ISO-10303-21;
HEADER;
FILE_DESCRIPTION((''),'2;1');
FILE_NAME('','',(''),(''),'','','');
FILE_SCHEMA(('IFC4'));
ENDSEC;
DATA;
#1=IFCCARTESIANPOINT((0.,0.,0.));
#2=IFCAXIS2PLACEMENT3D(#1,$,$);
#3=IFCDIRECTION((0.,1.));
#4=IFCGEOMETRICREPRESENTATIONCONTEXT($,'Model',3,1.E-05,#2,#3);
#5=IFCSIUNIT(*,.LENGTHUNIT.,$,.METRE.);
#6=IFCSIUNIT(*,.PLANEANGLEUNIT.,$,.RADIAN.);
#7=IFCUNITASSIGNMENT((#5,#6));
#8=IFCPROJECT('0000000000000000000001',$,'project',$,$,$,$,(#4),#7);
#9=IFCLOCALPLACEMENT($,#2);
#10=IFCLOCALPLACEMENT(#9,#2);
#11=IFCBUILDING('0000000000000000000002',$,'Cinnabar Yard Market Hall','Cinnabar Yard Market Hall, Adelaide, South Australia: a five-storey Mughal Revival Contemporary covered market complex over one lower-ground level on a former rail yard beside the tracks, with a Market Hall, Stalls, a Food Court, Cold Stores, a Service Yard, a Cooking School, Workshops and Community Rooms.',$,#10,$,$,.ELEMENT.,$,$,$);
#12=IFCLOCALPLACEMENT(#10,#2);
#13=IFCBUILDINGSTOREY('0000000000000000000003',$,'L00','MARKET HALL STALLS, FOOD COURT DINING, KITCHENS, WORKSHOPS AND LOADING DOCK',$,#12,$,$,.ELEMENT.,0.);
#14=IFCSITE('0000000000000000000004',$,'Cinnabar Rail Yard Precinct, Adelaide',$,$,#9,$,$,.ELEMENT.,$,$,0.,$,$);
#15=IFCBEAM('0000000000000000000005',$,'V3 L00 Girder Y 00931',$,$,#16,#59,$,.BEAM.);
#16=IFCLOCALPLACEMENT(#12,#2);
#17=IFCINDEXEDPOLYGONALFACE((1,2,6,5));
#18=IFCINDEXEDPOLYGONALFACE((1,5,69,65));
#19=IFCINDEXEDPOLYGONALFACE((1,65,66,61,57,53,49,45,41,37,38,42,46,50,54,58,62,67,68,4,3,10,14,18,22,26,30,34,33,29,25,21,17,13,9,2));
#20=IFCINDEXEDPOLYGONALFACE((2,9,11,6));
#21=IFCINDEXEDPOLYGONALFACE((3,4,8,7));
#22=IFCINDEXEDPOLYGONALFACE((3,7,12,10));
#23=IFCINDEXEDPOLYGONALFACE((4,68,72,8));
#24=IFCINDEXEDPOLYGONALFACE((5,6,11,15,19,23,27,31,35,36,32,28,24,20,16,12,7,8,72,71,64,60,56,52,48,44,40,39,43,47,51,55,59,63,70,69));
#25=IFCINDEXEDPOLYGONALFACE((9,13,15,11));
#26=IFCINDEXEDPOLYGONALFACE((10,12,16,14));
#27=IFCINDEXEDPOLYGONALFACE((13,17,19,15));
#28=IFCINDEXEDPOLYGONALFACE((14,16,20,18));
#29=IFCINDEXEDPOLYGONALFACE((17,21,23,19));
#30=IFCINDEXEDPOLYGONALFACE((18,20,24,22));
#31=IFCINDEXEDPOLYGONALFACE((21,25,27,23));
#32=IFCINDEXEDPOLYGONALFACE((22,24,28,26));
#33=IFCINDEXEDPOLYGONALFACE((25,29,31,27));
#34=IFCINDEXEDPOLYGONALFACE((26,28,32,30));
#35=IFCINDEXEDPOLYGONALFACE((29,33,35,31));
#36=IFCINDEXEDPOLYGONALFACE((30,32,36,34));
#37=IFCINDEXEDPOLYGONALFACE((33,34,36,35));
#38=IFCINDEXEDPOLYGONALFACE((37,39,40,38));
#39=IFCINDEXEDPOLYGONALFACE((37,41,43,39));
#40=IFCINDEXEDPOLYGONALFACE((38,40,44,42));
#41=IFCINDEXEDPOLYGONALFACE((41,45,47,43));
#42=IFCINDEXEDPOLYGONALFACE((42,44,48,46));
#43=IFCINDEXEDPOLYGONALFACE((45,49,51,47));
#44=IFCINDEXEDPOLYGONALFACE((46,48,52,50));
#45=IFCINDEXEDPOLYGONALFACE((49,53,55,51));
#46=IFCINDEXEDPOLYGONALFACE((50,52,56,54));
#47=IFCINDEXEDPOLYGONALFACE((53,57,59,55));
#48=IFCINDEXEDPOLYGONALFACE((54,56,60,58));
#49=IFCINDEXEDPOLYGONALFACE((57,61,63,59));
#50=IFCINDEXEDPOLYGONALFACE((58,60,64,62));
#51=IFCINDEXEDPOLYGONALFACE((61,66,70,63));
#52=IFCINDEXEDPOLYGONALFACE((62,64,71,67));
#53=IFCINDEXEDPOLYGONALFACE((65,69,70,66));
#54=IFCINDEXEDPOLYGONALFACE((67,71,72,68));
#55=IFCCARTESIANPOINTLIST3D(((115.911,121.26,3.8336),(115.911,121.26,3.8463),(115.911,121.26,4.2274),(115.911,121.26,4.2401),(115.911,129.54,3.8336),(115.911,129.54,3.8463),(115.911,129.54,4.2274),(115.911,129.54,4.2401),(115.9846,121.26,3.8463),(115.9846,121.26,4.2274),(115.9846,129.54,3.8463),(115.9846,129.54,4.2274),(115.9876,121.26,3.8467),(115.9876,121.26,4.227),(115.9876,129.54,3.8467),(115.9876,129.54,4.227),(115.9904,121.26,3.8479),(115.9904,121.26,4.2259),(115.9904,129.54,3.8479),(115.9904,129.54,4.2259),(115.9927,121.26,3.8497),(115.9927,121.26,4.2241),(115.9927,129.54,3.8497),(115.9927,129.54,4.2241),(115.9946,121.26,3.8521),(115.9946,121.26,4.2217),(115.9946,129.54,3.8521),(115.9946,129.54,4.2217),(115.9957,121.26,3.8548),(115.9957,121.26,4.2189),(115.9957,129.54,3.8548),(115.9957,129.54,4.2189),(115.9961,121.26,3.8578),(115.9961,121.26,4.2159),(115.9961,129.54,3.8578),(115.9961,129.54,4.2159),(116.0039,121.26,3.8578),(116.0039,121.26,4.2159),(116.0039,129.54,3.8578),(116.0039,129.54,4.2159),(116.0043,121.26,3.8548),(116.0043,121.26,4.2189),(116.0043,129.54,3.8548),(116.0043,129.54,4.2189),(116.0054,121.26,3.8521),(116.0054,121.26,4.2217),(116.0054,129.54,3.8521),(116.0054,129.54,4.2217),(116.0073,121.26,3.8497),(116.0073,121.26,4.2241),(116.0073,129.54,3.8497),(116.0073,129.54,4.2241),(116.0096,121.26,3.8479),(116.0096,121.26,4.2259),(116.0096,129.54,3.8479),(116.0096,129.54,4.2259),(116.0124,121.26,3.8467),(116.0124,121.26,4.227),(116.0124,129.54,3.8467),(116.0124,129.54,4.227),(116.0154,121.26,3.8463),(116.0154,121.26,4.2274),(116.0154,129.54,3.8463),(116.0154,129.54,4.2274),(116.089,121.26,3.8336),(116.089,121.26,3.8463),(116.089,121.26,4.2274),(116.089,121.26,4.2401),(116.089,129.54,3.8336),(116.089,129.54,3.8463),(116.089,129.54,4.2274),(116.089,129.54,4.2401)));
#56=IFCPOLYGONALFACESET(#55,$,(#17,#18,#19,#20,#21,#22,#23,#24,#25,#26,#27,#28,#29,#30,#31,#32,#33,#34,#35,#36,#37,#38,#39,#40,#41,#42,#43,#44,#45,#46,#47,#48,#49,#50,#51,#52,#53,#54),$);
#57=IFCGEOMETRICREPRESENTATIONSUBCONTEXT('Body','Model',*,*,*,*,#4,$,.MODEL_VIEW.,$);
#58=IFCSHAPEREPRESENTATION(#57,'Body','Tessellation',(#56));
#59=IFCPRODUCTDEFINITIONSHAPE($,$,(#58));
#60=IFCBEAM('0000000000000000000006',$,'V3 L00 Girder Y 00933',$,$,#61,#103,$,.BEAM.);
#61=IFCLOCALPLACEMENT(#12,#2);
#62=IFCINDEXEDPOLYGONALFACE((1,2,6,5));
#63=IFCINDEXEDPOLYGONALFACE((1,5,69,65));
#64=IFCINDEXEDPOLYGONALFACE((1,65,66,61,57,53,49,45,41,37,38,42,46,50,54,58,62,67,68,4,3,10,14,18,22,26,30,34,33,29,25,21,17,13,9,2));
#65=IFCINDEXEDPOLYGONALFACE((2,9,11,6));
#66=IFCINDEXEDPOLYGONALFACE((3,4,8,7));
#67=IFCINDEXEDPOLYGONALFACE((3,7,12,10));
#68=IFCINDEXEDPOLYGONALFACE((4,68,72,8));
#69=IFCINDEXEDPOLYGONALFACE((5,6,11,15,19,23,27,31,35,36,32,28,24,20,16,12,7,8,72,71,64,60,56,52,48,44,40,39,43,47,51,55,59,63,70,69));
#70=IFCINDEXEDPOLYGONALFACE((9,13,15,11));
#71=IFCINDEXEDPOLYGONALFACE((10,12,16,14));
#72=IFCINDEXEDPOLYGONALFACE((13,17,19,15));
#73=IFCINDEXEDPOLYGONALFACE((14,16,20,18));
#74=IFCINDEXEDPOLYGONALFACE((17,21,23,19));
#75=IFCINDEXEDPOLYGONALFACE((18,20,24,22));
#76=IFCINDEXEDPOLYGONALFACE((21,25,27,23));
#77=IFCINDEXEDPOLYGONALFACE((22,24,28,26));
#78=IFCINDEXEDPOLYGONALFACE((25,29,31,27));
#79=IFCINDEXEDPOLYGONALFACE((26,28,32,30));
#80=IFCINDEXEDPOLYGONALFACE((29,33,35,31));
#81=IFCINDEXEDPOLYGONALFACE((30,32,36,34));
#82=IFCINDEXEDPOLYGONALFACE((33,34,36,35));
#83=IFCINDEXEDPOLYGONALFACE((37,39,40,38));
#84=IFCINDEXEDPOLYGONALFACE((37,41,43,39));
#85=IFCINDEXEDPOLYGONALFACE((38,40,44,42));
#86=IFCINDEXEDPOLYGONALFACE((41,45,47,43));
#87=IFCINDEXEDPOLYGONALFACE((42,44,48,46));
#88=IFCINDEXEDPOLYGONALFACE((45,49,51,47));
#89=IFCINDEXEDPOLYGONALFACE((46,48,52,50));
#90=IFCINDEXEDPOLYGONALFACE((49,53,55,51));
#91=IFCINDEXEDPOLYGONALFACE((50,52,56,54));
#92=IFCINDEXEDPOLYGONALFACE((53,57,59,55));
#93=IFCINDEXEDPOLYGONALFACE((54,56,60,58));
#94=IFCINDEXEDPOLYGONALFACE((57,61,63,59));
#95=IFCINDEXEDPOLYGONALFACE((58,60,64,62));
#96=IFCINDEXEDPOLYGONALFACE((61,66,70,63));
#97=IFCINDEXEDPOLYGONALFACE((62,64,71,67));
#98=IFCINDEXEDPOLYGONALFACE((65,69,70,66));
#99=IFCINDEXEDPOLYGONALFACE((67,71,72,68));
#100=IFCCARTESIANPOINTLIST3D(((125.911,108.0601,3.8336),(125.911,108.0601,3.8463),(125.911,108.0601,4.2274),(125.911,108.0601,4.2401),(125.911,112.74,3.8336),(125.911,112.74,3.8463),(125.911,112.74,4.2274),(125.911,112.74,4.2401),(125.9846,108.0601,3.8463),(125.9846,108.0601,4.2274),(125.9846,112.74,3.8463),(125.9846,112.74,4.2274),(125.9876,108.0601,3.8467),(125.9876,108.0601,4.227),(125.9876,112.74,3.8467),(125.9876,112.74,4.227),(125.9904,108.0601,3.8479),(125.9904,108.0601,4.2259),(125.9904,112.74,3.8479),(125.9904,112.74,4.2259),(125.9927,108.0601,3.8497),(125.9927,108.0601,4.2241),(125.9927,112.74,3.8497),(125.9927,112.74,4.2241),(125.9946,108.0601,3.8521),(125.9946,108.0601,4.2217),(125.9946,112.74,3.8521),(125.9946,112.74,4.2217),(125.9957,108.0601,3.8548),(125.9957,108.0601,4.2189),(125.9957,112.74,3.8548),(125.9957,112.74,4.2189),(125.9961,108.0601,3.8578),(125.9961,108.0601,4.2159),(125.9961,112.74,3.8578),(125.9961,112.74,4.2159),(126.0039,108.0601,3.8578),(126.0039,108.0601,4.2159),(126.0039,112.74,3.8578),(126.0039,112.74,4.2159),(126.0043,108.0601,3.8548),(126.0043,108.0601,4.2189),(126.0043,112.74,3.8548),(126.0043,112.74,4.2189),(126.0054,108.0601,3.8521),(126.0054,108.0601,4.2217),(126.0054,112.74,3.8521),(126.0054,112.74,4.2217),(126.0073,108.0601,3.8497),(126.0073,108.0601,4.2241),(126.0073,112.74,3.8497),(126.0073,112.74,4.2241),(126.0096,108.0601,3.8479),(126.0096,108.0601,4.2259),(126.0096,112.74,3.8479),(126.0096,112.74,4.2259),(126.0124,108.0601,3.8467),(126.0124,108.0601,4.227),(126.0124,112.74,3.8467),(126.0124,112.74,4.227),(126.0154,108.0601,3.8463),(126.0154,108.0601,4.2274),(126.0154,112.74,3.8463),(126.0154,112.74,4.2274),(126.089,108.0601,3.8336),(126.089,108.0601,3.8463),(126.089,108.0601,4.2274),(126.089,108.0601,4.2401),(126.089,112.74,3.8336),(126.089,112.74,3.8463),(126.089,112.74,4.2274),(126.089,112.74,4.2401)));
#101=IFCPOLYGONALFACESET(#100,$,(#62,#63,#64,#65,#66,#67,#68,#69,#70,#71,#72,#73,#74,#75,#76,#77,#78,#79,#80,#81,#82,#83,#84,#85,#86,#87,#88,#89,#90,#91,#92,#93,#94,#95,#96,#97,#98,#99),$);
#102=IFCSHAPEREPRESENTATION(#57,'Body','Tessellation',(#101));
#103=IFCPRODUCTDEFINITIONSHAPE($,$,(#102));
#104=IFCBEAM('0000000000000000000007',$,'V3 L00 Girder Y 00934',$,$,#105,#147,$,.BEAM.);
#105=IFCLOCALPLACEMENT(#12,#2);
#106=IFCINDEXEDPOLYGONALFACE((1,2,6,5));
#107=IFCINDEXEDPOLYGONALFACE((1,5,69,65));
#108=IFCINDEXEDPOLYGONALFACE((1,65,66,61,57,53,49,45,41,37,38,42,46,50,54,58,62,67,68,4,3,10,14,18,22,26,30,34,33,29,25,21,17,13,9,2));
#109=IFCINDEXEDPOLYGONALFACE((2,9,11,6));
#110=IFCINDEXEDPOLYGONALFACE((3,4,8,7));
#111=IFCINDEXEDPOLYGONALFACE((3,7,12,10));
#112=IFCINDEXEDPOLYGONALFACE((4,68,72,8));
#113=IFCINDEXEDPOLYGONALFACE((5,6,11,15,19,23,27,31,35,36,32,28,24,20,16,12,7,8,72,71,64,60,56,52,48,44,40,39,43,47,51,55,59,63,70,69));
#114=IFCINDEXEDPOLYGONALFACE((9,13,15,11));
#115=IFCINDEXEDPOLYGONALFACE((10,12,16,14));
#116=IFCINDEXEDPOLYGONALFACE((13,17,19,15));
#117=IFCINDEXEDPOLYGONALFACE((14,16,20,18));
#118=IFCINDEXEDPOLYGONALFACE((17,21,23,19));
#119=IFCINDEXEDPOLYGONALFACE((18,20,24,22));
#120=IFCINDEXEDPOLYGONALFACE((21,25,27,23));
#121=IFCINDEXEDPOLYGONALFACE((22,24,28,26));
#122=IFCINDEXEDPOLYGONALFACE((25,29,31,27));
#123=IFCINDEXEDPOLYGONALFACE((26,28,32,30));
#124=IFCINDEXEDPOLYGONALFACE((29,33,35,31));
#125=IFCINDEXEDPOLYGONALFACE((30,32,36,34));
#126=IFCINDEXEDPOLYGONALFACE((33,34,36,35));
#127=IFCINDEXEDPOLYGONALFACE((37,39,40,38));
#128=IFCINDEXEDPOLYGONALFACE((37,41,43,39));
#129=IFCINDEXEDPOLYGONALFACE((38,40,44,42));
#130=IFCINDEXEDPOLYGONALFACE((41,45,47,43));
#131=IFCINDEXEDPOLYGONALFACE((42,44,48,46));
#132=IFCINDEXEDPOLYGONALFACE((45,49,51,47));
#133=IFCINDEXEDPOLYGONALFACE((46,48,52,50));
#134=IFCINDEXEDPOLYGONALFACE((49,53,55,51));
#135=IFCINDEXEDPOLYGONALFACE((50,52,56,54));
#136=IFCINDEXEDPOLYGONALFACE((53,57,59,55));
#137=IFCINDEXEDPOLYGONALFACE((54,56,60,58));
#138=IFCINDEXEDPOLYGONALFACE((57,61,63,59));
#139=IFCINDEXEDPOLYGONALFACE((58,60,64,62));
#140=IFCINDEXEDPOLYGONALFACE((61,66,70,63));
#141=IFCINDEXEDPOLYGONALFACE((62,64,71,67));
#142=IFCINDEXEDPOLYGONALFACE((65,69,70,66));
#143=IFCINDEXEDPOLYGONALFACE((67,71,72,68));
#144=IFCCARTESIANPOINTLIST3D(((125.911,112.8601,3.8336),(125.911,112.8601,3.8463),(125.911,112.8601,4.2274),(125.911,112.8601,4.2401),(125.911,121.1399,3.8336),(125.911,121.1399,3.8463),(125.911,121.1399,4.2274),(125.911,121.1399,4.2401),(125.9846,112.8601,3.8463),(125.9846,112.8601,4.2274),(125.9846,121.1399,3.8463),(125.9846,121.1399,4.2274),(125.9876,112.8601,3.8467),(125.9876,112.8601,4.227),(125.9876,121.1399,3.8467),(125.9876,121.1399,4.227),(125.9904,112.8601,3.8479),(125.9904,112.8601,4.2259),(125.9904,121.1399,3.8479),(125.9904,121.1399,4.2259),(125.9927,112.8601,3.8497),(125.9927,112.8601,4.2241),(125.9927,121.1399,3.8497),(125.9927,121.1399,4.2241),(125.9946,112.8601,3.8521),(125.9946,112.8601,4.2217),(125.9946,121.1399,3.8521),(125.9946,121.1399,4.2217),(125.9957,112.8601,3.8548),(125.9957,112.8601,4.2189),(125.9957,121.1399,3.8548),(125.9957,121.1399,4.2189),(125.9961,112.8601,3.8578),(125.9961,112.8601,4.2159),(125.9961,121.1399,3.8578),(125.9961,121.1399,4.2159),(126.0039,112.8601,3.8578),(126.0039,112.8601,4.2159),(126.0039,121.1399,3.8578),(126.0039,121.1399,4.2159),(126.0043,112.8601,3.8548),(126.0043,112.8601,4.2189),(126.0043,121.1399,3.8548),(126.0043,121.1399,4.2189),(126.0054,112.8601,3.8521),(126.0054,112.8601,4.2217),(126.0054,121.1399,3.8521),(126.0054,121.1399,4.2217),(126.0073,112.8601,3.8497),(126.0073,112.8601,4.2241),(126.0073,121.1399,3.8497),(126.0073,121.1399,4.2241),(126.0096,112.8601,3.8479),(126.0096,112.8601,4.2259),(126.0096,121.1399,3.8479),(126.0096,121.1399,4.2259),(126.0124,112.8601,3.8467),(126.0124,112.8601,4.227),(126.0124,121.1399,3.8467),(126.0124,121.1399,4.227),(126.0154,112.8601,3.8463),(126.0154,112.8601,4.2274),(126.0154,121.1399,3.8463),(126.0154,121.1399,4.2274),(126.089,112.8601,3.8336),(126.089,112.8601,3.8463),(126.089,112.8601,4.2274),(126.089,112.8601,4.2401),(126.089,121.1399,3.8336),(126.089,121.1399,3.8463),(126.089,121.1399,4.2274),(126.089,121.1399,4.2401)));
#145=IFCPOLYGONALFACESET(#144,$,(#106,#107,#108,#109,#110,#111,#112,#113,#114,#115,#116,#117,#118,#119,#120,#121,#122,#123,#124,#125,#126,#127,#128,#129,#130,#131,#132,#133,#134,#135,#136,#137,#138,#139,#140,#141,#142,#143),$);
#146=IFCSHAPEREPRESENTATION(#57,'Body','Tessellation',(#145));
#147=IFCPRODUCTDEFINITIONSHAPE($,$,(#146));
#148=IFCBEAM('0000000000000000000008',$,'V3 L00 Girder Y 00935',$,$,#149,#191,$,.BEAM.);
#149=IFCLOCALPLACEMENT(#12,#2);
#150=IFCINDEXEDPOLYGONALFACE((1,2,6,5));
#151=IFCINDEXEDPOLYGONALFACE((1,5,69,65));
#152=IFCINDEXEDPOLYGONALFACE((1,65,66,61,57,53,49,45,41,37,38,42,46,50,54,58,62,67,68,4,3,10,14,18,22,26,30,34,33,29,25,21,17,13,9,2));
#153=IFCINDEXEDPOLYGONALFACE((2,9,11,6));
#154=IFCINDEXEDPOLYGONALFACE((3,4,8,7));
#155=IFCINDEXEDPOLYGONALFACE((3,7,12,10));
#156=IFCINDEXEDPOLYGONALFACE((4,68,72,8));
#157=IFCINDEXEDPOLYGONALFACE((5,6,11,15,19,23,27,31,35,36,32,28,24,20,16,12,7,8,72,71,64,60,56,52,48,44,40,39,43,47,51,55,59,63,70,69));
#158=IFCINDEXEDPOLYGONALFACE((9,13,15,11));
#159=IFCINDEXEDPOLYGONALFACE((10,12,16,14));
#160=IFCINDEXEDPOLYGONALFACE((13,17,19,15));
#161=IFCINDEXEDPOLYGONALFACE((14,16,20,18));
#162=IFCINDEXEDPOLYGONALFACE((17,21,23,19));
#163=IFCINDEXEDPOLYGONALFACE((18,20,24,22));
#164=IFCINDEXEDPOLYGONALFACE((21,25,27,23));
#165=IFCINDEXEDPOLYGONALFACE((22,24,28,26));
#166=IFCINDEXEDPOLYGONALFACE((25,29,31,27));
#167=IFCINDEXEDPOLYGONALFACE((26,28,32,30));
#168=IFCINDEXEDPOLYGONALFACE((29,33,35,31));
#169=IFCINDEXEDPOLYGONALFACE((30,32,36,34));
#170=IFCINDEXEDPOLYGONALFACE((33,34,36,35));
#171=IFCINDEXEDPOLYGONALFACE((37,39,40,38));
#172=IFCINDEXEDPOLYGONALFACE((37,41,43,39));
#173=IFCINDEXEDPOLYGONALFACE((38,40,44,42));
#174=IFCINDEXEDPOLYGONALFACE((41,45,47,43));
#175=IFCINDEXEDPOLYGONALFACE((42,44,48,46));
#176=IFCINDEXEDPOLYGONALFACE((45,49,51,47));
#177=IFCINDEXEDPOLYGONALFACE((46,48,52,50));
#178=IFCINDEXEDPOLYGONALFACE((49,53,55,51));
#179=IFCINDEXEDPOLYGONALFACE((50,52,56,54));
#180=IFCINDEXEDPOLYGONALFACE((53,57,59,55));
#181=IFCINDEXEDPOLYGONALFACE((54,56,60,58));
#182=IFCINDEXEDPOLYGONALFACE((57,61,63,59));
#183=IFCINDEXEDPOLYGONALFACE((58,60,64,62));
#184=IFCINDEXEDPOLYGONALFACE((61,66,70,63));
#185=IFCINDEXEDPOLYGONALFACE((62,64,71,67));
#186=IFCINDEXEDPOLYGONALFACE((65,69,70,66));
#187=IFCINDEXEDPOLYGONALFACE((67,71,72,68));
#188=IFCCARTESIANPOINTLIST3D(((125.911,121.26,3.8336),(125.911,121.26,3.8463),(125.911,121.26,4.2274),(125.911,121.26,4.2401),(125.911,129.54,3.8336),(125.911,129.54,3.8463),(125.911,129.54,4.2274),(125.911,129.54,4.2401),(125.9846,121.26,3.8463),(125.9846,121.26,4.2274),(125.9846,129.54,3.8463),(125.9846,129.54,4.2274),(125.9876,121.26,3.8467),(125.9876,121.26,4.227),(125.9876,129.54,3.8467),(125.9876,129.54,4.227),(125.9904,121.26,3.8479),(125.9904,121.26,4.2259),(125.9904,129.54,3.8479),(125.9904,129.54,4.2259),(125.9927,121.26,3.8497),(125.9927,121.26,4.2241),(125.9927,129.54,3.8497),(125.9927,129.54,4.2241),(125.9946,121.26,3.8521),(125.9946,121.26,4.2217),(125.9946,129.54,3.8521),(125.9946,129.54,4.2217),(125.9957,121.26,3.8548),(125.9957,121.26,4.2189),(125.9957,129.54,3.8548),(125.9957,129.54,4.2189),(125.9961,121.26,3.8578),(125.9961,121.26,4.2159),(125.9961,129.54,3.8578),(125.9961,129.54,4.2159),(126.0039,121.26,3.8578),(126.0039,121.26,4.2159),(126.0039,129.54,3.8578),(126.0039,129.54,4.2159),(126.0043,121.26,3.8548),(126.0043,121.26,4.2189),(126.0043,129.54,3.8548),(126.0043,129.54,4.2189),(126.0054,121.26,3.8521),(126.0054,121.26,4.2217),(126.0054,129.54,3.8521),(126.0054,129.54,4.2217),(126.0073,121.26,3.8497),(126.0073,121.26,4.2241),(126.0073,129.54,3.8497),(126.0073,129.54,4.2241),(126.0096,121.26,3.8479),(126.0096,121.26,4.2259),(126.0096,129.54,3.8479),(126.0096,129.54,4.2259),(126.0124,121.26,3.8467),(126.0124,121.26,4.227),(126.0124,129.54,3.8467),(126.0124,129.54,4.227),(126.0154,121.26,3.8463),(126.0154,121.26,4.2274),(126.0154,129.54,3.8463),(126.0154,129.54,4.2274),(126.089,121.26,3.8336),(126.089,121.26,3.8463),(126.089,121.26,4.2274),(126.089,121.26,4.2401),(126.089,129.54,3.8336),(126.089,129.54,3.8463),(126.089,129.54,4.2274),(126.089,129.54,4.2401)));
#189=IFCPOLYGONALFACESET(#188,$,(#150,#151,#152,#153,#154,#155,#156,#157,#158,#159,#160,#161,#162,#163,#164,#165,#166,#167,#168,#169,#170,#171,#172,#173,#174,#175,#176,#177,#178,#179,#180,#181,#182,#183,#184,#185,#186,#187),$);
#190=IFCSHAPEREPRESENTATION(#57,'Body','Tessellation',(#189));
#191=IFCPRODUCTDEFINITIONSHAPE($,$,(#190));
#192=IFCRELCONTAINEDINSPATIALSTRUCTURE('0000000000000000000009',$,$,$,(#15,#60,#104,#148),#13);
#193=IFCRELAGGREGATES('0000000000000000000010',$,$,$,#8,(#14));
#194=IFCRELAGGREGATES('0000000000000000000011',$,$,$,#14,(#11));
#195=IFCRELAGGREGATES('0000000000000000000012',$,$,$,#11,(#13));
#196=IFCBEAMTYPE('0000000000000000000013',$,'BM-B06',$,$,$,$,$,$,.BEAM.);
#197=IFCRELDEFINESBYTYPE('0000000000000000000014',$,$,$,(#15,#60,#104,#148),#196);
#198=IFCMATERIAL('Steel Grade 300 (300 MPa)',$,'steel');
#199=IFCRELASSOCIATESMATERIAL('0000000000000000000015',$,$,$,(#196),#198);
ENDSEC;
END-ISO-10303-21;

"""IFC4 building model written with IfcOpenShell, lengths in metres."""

from ifc_helpers import new_model, si_unit, direction, frame, origin, origin_2d_with_axis, place, context, subcontext, project, spatial, i_section, extrude, material, material_profile, profile_set, type_object, element, save


model = new_model("IFC4")

# Units and contexts
model_context = context("Model", 3, precision=1e-05, world=origin(), true_north=direction((0.0, 1.0)))
body_context = subcontext(model_context, "Body", "Model", "MODEL_VIEW")
ifc_project = project(units=[si_unit("LENGTHUNIT", "METRE"), si_unit("PLANEANGLEUNIT", "RADIAN")], contexts=[model_context])

# Site, building, storey
site_placement = place(None, origin())
site = spatial("IfcSite", under=ifc_project, at=site_placement, Name="Cinnabar Rail Yard Precinct, Adelaide", CompositionType="ELEMENT", RefElevation=0.0)
building_placement = place(site_placement, origin())
building = spatial("IfcBuilding", under=site, at=building_placement, Name="Cinnabar Yard Market Hall", Description="Cinnabar Yard Market Hall, Adelaide, South Australia: a five-storey Mughal Revival Contemporary covered market complex over one lower-ground level on a former rail yard beside the tracks, with a Market Hall, Stalls, a Food Court, Cold Stores, a Service Yard, a Cooking School, Workshops and Community Rooms.", CompositionType="ELEMENT")
storey_placement = place(building_placement, origin())
storey = spatial("IfcBuildingStorey", under=building, at=storey_placement, Name="L00", Description="MARKET HALL STALLS, FOOD COURT DINING, KITCHENS, WORKSHOPS AND LOADING DOCK", CompositionType="ELEMENT", Elevation=0.0)

# Shared definitions
ifc_material_1 = material(Name="Steel Grade 300 (300 MPa)", Category="steel")

# Beams
ifc_material_profile_1 = material_profile(ifc_material_1, i_section(OverallWidth=0.178, OverallDepth=0.4065, WebThickness=0.0078, FlangeThickness=0.0127, FilletRadius=0.0115, at=origin_2d_with_axis()), Name="410UB59.7")
ifc_profile_set_1 = profile_set([ifc_material_profile_1], Name="Steel Grade 300 (300 MPa)")
beam_type_1 = type_object("IfcBeamType", Name="BM-B06", PredefinedType="BEAM", material=ifc_profile_set_1)
beam_1_placement = place(storey_placement, frame((116.0, 121.26, 4.0369), z_axis=(0.0, 1.0, 0.0), x_axis=(-1.0, 0.0, 0.0)))
element("IfcBeam", 1, at=beam_1_placement, inside=storey, type_object=beam_type_1, Name="V3 L00 Girder Y 00931", PredefinedType="BEAM", context=body_context, shape_type="SweptSolid", body=[
    extrude(i_section(OverallWidth=0.178, OverallDepth=0.4065, WebThickness=0.0078, FlangeThickness=0.0127, FilletRadius=0.0115, at=origin_2d_with_axis()), origin(), (0.0, 0.0, 1.0), 8.28),
])
beam_2_placement = place(storey_placement, frame((126.0, 108.0601, 4.0369), z_axis=(0.0, 1.0, 0.0), x_axis=(-1.0, 0.0, 0.0)))
element("IfcBeam", 2, at=beam_2_placement, inside=storey, type_object=beam_type_1, Name="V3 L00 Girder Y 00933", PredefinedType="BEAM", context=body_context, shape_type="SweptSolid", body=[
    extrude(i_section(OverallWidth=0.178, OverallDepth=0.4065, WebThickness=0.0078, FlangeThickness=0.0127, FilletRadius=0.0115, at=origin_2d_with_axis()), origin(), (0.0, 0.0, 1.0), 4.6799),
])
beam_3_placement = place(storey_placement, frame((126.0, 112.8601, 4.0369), z_axis=(0.0, 1.0, 0.0), x_axis=(-1.0, 0.0, 0.0)))
element("IfcBeam", 3, at=beam_3_placement, inside=storey, type_object=beam_type_1, Name="V3 L00 Girder Y 00934", PredefinedType="BEAM", context=body_context, shape_type="SweptSolid", body=[
    extrude(i_section(OverallWidth=0.178, OverallDepth=0.4065, WebThickness=0.0078, FlangeThickness=0.0127, FilletRadius=0.0115, at=origin_2d_with_axis()), origin(), (0.0, 0.0, 1.0), 8.2798),
])
beam_4_placement = place(storey_placement, frame((126.0, 121.26, 4.0369), z_axis=(0.0, 1.0, 0.0), x_axis=(-1.0, 0.0, 0.0)))
element("IfcBeam", 4, at=beam_4_placement, inside=storey, type_object=beam_type_1, Name="V3 L00 Girder Y 00935", PredefinedType="BEAM", context=body_context, shape_type="SweptSolid", body=[
    extrude(i_section(OverallWidth=0.178, OverallDepth=0.4065, WebThickness=0.0078, FlangeThickness=0.0127, FilletRadius=0.0115, at=origin_2d_with_axis()), origin(), (0.0, 0.0, 1.0), 8.28),
])

save(model, "model.ifc")
